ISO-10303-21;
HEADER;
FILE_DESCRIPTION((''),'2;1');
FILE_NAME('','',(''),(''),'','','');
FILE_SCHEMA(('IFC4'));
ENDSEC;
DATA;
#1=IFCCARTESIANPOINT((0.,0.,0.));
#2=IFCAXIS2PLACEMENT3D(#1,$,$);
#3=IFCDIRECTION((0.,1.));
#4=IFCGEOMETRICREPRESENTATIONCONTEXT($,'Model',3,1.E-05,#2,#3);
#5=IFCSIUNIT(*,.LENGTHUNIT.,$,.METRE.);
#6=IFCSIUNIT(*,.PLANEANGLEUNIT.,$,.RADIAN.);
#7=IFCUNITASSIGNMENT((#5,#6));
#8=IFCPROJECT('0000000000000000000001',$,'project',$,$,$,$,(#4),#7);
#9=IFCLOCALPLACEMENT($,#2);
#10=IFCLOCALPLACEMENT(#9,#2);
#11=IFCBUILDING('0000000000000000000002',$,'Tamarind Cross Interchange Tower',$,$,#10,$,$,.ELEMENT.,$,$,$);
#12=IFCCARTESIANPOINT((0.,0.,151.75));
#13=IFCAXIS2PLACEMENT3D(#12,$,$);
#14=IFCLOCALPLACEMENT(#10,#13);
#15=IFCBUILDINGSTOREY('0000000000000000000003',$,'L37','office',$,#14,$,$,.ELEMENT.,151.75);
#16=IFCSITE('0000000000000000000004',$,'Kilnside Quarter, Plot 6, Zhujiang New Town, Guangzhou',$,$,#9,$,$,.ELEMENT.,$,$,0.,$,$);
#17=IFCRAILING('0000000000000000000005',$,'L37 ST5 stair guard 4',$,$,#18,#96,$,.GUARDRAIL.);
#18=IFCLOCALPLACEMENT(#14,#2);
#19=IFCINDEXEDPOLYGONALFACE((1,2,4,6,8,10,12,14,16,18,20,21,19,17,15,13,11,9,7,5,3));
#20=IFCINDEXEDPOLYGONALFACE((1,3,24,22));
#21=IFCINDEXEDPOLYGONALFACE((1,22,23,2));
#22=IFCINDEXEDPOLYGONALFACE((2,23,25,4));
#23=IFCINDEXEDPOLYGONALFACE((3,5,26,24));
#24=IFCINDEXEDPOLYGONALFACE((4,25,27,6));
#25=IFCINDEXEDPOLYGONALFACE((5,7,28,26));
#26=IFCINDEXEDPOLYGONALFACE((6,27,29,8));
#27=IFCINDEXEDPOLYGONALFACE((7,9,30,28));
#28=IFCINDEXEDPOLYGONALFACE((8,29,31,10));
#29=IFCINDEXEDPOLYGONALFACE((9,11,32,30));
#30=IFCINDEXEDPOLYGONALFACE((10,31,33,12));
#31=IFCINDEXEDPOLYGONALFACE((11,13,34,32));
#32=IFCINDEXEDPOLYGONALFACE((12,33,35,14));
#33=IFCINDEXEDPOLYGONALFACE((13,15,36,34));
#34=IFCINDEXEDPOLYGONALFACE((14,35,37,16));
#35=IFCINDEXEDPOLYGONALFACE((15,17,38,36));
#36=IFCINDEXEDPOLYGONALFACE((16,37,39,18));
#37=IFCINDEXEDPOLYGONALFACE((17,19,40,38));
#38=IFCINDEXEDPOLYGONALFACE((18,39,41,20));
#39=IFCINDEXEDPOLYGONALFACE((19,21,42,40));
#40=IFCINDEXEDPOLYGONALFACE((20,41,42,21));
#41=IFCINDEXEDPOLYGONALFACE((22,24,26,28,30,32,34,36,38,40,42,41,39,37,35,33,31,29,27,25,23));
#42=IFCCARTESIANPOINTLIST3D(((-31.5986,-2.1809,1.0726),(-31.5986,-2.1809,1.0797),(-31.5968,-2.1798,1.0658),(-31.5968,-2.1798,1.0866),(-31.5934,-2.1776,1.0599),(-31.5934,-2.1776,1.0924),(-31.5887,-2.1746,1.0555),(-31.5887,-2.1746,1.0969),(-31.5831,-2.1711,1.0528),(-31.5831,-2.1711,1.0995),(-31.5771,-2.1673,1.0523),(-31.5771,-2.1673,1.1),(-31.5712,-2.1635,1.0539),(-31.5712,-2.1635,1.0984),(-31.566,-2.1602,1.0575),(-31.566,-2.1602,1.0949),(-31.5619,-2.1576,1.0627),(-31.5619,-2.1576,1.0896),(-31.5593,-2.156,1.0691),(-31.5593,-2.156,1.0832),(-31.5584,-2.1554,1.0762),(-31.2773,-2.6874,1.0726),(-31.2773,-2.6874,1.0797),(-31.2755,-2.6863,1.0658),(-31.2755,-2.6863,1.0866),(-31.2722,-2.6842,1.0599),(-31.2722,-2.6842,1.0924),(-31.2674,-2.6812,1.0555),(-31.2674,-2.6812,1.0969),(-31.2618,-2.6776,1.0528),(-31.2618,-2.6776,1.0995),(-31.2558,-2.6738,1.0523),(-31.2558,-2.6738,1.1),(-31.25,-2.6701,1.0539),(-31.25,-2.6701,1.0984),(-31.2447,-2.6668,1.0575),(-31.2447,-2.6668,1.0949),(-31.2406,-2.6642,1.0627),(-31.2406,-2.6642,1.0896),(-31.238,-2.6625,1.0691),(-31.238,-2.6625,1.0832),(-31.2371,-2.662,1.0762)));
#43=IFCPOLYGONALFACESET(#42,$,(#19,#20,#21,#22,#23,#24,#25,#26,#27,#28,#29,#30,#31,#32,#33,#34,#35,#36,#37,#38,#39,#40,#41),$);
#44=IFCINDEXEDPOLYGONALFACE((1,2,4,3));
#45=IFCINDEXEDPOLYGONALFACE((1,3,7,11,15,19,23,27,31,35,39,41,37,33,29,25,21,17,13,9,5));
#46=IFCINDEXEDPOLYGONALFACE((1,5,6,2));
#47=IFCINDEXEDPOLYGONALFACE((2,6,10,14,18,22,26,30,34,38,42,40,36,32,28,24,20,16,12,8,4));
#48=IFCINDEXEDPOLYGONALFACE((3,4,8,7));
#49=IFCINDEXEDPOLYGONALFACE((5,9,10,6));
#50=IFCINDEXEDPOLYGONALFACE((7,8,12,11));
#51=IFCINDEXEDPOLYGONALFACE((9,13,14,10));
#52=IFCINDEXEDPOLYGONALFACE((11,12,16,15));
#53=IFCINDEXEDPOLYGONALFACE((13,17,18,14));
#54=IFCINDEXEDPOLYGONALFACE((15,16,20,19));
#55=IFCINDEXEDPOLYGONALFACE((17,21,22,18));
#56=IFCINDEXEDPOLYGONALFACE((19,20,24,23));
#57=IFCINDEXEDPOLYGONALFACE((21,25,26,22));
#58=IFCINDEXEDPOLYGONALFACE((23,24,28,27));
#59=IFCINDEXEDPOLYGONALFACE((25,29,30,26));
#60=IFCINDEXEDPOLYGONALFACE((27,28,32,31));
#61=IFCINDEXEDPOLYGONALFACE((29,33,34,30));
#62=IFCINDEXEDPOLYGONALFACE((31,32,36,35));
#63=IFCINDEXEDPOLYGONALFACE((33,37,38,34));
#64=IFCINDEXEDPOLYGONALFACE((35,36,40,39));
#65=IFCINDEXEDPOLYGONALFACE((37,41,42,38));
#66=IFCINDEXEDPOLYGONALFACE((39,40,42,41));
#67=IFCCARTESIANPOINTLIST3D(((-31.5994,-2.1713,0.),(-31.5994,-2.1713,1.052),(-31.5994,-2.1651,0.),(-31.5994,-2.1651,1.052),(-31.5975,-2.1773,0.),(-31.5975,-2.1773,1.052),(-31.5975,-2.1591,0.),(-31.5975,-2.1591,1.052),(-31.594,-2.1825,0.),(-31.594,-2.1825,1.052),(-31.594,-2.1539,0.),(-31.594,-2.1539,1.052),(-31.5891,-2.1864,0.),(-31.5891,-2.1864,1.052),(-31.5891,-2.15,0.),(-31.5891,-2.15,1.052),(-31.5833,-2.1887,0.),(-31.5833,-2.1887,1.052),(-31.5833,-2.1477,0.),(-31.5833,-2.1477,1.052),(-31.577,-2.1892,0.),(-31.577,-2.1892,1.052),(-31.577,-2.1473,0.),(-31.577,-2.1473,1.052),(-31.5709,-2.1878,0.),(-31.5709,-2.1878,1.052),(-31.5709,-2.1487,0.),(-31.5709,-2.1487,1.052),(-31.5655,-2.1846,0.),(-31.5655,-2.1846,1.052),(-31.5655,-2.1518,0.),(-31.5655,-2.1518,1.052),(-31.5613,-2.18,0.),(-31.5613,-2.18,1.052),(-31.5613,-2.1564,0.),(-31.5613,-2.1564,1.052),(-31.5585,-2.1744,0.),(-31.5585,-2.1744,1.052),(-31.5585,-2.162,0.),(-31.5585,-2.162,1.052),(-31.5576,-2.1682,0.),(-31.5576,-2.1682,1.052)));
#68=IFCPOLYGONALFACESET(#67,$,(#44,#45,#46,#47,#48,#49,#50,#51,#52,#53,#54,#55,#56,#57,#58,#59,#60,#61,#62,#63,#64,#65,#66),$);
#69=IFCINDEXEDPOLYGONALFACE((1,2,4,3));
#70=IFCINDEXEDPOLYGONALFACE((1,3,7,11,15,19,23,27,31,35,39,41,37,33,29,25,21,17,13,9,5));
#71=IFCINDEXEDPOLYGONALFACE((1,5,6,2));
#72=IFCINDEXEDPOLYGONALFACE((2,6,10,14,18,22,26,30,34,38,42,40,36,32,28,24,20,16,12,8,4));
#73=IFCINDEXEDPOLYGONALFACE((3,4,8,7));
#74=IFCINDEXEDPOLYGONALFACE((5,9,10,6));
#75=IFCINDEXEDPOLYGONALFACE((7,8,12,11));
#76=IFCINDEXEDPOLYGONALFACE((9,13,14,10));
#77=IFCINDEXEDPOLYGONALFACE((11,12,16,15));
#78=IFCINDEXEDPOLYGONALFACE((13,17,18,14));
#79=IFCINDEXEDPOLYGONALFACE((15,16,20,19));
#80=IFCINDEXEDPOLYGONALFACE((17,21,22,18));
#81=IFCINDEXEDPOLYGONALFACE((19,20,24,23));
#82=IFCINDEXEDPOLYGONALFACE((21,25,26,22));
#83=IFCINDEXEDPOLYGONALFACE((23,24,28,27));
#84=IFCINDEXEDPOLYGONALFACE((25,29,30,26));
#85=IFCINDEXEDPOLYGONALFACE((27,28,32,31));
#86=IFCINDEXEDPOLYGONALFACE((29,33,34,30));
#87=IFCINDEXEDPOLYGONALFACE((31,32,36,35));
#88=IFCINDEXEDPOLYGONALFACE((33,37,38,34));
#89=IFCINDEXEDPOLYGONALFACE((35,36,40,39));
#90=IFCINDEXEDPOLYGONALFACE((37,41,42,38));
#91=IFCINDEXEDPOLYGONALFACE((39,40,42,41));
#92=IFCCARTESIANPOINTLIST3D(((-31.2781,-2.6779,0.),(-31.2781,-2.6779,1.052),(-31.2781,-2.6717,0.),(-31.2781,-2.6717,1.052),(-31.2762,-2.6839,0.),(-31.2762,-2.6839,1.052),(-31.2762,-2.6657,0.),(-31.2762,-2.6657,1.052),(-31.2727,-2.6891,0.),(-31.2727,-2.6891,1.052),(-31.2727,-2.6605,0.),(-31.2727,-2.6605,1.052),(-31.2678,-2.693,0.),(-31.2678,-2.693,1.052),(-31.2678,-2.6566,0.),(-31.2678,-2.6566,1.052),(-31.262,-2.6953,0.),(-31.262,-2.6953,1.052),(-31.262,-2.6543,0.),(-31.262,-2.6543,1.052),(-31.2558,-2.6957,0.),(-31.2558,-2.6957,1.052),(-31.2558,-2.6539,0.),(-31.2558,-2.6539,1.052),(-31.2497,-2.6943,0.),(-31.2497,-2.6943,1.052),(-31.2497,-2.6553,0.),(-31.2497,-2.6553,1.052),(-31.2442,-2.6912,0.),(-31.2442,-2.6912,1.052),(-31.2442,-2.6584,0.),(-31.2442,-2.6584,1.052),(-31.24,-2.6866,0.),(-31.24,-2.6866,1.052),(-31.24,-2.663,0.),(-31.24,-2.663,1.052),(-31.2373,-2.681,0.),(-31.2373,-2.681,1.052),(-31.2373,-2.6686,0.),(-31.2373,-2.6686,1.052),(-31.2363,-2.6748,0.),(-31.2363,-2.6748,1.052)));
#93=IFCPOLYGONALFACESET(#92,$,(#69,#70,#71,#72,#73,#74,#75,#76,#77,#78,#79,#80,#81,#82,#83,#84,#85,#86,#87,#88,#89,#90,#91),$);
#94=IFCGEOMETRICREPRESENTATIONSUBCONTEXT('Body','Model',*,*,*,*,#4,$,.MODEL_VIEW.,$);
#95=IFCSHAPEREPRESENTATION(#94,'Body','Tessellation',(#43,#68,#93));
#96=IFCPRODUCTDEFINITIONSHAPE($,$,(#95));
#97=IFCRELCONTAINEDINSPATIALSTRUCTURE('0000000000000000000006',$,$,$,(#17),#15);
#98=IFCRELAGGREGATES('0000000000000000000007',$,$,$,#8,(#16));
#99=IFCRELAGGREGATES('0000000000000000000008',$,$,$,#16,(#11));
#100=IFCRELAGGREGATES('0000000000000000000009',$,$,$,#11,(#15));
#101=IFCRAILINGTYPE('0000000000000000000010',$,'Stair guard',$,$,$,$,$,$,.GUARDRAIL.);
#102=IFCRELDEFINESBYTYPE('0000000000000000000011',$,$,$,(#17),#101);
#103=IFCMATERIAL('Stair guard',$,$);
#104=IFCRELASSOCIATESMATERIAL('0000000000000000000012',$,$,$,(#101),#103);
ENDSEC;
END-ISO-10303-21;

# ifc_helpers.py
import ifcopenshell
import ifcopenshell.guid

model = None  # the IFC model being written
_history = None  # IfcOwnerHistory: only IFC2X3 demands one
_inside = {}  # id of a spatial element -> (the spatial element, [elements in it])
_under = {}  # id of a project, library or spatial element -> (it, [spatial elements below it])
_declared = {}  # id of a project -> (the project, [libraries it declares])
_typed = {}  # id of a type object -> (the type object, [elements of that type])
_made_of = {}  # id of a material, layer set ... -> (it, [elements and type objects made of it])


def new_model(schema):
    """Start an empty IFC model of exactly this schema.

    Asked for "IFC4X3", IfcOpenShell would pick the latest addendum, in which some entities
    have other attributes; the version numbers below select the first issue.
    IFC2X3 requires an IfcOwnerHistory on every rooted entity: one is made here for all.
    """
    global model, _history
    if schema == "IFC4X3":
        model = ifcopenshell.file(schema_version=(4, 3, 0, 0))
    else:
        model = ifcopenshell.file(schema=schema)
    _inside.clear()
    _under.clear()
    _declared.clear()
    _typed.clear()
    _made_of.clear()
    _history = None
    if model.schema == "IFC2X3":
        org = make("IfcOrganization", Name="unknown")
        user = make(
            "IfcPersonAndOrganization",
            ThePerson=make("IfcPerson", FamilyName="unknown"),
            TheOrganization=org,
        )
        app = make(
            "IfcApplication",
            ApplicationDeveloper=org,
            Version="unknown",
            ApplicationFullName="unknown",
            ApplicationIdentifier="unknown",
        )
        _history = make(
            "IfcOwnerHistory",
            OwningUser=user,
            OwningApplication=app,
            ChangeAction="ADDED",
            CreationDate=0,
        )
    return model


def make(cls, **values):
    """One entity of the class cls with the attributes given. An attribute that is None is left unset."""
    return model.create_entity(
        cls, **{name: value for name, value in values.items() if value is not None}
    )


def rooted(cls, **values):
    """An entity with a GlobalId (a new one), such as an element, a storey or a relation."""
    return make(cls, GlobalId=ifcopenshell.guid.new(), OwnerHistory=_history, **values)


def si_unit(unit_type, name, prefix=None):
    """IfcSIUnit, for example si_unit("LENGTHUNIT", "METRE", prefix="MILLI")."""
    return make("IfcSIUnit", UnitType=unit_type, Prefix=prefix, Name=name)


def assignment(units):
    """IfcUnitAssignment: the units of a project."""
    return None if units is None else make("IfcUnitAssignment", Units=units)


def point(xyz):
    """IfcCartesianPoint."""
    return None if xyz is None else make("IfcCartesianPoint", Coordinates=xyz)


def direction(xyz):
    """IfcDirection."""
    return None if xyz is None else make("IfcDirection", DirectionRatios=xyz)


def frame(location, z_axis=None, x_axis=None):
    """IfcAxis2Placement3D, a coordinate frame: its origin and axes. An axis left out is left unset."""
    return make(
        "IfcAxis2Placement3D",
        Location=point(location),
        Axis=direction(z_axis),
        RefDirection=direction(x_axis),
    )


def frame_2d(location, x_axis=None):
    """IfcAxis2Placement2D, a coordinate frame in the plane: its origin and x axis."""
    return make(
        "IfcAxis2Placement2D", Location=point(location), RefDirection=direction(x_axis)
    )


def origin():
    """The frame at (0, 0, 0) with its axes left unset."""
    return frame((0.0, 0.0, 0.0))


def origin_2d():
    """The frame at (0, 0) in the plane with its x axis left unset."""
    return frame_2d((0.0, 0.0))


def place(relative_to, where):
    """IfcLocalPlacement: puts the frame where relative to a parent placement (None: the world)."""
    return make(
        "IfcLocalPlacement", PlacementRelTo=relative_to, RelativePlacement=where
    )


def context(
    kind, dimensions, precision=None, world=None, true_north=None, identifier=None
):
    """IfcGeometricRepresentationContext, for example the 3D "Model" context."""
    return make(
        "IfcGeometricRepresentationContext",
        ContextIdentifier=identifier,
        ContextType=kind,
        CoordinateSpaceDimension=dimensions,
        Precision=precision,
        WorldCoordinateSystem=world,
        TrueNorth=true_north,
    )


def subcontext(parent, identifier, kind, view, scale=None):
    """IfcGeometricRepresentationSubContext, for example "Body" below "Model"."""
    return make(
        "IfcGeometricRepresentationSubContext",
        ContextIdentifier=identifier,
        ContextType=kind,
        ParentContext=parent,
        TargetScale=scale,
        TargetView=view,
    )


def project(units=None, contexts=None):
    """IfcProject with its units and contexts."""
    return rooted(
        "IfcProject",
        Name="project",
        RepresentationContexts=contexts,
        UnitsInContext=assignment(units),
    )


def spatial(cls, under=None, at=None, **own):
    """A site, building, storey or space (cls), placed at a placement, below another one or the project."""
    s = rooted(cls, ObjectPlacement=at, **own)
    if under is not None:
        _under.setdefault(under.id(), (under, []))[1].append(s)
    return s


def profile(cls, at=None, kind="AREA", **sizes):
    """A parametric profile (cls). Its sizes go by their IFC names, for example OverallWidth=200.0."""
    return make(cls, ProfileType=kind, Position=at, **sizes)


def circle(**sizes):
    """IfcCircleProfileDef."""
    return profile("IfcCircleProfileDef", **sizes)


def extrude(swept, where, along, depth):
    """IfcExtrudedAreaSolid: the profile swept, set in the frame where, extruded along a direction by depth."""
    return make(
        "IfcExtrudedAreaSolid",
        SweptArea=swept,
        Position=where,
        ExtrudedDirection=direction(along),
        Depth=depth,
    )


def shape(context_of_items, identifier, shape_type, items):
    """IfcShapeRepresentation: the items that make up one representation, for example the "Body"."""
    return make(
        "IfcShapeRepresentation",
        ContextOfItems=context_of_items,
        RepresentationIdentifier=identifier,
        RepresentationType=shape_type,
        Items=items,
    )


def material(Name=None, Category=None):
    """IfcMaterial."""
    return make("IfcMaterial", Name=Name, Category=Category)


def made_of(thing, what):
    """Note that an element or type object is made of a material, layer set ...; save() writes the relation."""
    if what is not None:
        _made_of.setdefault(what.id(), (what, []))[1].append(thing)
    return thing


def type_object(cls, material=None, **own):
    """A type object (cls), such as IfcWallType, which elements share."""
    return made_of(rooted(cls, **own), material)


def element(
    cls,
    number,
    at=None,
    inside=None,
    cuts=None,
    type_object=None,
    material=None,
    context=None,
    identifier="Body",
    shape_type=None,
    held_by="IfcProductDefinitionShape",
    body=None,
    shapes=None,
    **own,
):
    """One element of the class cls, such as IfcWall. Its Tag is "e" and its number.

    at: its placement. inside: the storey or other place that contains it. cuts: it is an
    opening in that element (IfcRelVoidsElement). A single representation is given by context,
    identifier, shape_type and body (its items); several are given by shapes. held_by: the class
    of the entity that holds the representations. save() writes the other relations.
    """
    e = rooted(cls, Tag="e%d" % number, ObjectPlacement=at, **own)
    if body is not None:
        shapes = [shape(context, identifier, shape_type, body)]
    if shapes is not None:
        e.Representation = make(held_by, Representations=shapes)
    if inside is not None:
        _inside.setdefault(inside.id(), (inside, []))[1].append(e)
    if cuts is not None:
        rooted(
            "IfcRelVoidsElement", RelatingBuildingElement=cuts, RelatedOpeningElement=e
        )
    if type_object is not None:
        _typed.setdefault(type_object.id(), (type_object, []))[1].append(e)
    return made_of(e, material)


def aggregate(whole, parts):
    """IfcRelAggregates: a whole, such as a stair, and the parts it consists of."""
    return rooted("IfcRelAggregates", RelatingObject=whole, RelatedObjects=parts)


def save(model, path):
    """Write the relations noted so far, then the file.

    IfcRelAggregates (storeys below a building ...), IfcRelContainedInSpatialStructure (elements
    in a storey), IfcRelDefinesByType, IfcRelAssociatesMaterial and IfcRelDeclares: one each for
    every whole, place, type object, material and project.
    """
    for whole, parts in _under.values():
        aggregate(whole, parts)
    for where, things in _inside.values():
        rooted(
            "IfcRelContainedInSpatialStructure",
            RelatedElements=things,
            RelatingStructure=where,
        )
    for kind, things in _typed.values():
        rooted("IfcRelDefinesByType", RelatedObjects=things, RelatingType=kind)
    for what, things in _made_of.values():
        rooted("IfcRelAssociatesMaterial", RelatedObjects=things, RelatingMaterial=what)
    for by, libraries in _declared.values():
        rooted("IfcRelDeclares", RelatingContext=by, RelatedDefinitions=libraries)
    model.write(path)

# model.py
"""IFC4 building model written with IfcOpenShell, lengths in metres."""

from ifc_helpers import new_model, si_unit, direction, frame, origin, origin_2d, place, context, subcontext, project, spatial, circle, extrude, material, type_object, element, save


model = new_model("IFC4")

# Units and contexts
model_context = context("Model", 3, precision=1e-05, world=origin(), true_north=direction((0.0, 1.0)))
body_context = subcontext(model_context, "Body", "Model", "MODEL_VIEW")
ifc_project = project(units=[si_unit("LENGTHUNIT", "METRE"), si_unit("PLANEANGLEUNIT", "RADIAN")], contexts=[model_context])

# Site, building, storey
site_placement = place(None, origin())
site = spatial("IfcSite", under=ifc_project, at=site_placement, Name="Kilnside Quarter, Plot 6, Zhujiang New Town, Guangzhou", CompositionType="ELEMENT", RefElevation=0.0)
building_placement = place(site_placement, origin())
building = spatial("IfcBuilding", under=site, at=building_placement, Name="Tamarind Cross Interchange Tower", CompositionType="ELEMENT")
storey_placement = place(building_placement, frame((0.0, 0.0, 151.75)))
storey = spatial("IfcBuildingStorey", under=building, at=storey_placement, Name="L37", Description="office", CompositionType="ELEMENT", Elevation=151.75)

# Railing
ifc_material_1 = material(Name="Stair guard")
railing_type_1 = type_object("IfcRailingType", Name="Stair guard", PredefinedType="GUARDRAIL", material=ifc_material_1)
railing_1_placement = place(storey_placement, frame((-31.5786, -2.1682, 0.0)))
element("IfcRailing", 1, at=railing_1_placement, inside=storey, type_object=railing_type_1, Name="L37 ST5 stair guard 4", PredefinedType="GUARDRAIL", context=body_context, shape_type="SweptSolid", body=[
    extrude(circle(Radius=0.0239, at=origin_2d()), frame((0.0, 0.0, 1.0762), z_axis=(0.535585, -0.844482, 0.0), x_axis=(0.844482, 0.535585, 0.0)), (0.0, 0.0, 1.0), 0.5999),
    extrude(circle(Radius=0.021, at=origin_2d()), origin(), (0.0, 0.0, 1.0), 1.052),
    extrude(circle(Radius=0.021, at=origin_2d()), frame((0.3213, -0.5066, 0.0)), (0.0, 0.0, 1.0), 1.052),
])

save(model, "model.ifc")
